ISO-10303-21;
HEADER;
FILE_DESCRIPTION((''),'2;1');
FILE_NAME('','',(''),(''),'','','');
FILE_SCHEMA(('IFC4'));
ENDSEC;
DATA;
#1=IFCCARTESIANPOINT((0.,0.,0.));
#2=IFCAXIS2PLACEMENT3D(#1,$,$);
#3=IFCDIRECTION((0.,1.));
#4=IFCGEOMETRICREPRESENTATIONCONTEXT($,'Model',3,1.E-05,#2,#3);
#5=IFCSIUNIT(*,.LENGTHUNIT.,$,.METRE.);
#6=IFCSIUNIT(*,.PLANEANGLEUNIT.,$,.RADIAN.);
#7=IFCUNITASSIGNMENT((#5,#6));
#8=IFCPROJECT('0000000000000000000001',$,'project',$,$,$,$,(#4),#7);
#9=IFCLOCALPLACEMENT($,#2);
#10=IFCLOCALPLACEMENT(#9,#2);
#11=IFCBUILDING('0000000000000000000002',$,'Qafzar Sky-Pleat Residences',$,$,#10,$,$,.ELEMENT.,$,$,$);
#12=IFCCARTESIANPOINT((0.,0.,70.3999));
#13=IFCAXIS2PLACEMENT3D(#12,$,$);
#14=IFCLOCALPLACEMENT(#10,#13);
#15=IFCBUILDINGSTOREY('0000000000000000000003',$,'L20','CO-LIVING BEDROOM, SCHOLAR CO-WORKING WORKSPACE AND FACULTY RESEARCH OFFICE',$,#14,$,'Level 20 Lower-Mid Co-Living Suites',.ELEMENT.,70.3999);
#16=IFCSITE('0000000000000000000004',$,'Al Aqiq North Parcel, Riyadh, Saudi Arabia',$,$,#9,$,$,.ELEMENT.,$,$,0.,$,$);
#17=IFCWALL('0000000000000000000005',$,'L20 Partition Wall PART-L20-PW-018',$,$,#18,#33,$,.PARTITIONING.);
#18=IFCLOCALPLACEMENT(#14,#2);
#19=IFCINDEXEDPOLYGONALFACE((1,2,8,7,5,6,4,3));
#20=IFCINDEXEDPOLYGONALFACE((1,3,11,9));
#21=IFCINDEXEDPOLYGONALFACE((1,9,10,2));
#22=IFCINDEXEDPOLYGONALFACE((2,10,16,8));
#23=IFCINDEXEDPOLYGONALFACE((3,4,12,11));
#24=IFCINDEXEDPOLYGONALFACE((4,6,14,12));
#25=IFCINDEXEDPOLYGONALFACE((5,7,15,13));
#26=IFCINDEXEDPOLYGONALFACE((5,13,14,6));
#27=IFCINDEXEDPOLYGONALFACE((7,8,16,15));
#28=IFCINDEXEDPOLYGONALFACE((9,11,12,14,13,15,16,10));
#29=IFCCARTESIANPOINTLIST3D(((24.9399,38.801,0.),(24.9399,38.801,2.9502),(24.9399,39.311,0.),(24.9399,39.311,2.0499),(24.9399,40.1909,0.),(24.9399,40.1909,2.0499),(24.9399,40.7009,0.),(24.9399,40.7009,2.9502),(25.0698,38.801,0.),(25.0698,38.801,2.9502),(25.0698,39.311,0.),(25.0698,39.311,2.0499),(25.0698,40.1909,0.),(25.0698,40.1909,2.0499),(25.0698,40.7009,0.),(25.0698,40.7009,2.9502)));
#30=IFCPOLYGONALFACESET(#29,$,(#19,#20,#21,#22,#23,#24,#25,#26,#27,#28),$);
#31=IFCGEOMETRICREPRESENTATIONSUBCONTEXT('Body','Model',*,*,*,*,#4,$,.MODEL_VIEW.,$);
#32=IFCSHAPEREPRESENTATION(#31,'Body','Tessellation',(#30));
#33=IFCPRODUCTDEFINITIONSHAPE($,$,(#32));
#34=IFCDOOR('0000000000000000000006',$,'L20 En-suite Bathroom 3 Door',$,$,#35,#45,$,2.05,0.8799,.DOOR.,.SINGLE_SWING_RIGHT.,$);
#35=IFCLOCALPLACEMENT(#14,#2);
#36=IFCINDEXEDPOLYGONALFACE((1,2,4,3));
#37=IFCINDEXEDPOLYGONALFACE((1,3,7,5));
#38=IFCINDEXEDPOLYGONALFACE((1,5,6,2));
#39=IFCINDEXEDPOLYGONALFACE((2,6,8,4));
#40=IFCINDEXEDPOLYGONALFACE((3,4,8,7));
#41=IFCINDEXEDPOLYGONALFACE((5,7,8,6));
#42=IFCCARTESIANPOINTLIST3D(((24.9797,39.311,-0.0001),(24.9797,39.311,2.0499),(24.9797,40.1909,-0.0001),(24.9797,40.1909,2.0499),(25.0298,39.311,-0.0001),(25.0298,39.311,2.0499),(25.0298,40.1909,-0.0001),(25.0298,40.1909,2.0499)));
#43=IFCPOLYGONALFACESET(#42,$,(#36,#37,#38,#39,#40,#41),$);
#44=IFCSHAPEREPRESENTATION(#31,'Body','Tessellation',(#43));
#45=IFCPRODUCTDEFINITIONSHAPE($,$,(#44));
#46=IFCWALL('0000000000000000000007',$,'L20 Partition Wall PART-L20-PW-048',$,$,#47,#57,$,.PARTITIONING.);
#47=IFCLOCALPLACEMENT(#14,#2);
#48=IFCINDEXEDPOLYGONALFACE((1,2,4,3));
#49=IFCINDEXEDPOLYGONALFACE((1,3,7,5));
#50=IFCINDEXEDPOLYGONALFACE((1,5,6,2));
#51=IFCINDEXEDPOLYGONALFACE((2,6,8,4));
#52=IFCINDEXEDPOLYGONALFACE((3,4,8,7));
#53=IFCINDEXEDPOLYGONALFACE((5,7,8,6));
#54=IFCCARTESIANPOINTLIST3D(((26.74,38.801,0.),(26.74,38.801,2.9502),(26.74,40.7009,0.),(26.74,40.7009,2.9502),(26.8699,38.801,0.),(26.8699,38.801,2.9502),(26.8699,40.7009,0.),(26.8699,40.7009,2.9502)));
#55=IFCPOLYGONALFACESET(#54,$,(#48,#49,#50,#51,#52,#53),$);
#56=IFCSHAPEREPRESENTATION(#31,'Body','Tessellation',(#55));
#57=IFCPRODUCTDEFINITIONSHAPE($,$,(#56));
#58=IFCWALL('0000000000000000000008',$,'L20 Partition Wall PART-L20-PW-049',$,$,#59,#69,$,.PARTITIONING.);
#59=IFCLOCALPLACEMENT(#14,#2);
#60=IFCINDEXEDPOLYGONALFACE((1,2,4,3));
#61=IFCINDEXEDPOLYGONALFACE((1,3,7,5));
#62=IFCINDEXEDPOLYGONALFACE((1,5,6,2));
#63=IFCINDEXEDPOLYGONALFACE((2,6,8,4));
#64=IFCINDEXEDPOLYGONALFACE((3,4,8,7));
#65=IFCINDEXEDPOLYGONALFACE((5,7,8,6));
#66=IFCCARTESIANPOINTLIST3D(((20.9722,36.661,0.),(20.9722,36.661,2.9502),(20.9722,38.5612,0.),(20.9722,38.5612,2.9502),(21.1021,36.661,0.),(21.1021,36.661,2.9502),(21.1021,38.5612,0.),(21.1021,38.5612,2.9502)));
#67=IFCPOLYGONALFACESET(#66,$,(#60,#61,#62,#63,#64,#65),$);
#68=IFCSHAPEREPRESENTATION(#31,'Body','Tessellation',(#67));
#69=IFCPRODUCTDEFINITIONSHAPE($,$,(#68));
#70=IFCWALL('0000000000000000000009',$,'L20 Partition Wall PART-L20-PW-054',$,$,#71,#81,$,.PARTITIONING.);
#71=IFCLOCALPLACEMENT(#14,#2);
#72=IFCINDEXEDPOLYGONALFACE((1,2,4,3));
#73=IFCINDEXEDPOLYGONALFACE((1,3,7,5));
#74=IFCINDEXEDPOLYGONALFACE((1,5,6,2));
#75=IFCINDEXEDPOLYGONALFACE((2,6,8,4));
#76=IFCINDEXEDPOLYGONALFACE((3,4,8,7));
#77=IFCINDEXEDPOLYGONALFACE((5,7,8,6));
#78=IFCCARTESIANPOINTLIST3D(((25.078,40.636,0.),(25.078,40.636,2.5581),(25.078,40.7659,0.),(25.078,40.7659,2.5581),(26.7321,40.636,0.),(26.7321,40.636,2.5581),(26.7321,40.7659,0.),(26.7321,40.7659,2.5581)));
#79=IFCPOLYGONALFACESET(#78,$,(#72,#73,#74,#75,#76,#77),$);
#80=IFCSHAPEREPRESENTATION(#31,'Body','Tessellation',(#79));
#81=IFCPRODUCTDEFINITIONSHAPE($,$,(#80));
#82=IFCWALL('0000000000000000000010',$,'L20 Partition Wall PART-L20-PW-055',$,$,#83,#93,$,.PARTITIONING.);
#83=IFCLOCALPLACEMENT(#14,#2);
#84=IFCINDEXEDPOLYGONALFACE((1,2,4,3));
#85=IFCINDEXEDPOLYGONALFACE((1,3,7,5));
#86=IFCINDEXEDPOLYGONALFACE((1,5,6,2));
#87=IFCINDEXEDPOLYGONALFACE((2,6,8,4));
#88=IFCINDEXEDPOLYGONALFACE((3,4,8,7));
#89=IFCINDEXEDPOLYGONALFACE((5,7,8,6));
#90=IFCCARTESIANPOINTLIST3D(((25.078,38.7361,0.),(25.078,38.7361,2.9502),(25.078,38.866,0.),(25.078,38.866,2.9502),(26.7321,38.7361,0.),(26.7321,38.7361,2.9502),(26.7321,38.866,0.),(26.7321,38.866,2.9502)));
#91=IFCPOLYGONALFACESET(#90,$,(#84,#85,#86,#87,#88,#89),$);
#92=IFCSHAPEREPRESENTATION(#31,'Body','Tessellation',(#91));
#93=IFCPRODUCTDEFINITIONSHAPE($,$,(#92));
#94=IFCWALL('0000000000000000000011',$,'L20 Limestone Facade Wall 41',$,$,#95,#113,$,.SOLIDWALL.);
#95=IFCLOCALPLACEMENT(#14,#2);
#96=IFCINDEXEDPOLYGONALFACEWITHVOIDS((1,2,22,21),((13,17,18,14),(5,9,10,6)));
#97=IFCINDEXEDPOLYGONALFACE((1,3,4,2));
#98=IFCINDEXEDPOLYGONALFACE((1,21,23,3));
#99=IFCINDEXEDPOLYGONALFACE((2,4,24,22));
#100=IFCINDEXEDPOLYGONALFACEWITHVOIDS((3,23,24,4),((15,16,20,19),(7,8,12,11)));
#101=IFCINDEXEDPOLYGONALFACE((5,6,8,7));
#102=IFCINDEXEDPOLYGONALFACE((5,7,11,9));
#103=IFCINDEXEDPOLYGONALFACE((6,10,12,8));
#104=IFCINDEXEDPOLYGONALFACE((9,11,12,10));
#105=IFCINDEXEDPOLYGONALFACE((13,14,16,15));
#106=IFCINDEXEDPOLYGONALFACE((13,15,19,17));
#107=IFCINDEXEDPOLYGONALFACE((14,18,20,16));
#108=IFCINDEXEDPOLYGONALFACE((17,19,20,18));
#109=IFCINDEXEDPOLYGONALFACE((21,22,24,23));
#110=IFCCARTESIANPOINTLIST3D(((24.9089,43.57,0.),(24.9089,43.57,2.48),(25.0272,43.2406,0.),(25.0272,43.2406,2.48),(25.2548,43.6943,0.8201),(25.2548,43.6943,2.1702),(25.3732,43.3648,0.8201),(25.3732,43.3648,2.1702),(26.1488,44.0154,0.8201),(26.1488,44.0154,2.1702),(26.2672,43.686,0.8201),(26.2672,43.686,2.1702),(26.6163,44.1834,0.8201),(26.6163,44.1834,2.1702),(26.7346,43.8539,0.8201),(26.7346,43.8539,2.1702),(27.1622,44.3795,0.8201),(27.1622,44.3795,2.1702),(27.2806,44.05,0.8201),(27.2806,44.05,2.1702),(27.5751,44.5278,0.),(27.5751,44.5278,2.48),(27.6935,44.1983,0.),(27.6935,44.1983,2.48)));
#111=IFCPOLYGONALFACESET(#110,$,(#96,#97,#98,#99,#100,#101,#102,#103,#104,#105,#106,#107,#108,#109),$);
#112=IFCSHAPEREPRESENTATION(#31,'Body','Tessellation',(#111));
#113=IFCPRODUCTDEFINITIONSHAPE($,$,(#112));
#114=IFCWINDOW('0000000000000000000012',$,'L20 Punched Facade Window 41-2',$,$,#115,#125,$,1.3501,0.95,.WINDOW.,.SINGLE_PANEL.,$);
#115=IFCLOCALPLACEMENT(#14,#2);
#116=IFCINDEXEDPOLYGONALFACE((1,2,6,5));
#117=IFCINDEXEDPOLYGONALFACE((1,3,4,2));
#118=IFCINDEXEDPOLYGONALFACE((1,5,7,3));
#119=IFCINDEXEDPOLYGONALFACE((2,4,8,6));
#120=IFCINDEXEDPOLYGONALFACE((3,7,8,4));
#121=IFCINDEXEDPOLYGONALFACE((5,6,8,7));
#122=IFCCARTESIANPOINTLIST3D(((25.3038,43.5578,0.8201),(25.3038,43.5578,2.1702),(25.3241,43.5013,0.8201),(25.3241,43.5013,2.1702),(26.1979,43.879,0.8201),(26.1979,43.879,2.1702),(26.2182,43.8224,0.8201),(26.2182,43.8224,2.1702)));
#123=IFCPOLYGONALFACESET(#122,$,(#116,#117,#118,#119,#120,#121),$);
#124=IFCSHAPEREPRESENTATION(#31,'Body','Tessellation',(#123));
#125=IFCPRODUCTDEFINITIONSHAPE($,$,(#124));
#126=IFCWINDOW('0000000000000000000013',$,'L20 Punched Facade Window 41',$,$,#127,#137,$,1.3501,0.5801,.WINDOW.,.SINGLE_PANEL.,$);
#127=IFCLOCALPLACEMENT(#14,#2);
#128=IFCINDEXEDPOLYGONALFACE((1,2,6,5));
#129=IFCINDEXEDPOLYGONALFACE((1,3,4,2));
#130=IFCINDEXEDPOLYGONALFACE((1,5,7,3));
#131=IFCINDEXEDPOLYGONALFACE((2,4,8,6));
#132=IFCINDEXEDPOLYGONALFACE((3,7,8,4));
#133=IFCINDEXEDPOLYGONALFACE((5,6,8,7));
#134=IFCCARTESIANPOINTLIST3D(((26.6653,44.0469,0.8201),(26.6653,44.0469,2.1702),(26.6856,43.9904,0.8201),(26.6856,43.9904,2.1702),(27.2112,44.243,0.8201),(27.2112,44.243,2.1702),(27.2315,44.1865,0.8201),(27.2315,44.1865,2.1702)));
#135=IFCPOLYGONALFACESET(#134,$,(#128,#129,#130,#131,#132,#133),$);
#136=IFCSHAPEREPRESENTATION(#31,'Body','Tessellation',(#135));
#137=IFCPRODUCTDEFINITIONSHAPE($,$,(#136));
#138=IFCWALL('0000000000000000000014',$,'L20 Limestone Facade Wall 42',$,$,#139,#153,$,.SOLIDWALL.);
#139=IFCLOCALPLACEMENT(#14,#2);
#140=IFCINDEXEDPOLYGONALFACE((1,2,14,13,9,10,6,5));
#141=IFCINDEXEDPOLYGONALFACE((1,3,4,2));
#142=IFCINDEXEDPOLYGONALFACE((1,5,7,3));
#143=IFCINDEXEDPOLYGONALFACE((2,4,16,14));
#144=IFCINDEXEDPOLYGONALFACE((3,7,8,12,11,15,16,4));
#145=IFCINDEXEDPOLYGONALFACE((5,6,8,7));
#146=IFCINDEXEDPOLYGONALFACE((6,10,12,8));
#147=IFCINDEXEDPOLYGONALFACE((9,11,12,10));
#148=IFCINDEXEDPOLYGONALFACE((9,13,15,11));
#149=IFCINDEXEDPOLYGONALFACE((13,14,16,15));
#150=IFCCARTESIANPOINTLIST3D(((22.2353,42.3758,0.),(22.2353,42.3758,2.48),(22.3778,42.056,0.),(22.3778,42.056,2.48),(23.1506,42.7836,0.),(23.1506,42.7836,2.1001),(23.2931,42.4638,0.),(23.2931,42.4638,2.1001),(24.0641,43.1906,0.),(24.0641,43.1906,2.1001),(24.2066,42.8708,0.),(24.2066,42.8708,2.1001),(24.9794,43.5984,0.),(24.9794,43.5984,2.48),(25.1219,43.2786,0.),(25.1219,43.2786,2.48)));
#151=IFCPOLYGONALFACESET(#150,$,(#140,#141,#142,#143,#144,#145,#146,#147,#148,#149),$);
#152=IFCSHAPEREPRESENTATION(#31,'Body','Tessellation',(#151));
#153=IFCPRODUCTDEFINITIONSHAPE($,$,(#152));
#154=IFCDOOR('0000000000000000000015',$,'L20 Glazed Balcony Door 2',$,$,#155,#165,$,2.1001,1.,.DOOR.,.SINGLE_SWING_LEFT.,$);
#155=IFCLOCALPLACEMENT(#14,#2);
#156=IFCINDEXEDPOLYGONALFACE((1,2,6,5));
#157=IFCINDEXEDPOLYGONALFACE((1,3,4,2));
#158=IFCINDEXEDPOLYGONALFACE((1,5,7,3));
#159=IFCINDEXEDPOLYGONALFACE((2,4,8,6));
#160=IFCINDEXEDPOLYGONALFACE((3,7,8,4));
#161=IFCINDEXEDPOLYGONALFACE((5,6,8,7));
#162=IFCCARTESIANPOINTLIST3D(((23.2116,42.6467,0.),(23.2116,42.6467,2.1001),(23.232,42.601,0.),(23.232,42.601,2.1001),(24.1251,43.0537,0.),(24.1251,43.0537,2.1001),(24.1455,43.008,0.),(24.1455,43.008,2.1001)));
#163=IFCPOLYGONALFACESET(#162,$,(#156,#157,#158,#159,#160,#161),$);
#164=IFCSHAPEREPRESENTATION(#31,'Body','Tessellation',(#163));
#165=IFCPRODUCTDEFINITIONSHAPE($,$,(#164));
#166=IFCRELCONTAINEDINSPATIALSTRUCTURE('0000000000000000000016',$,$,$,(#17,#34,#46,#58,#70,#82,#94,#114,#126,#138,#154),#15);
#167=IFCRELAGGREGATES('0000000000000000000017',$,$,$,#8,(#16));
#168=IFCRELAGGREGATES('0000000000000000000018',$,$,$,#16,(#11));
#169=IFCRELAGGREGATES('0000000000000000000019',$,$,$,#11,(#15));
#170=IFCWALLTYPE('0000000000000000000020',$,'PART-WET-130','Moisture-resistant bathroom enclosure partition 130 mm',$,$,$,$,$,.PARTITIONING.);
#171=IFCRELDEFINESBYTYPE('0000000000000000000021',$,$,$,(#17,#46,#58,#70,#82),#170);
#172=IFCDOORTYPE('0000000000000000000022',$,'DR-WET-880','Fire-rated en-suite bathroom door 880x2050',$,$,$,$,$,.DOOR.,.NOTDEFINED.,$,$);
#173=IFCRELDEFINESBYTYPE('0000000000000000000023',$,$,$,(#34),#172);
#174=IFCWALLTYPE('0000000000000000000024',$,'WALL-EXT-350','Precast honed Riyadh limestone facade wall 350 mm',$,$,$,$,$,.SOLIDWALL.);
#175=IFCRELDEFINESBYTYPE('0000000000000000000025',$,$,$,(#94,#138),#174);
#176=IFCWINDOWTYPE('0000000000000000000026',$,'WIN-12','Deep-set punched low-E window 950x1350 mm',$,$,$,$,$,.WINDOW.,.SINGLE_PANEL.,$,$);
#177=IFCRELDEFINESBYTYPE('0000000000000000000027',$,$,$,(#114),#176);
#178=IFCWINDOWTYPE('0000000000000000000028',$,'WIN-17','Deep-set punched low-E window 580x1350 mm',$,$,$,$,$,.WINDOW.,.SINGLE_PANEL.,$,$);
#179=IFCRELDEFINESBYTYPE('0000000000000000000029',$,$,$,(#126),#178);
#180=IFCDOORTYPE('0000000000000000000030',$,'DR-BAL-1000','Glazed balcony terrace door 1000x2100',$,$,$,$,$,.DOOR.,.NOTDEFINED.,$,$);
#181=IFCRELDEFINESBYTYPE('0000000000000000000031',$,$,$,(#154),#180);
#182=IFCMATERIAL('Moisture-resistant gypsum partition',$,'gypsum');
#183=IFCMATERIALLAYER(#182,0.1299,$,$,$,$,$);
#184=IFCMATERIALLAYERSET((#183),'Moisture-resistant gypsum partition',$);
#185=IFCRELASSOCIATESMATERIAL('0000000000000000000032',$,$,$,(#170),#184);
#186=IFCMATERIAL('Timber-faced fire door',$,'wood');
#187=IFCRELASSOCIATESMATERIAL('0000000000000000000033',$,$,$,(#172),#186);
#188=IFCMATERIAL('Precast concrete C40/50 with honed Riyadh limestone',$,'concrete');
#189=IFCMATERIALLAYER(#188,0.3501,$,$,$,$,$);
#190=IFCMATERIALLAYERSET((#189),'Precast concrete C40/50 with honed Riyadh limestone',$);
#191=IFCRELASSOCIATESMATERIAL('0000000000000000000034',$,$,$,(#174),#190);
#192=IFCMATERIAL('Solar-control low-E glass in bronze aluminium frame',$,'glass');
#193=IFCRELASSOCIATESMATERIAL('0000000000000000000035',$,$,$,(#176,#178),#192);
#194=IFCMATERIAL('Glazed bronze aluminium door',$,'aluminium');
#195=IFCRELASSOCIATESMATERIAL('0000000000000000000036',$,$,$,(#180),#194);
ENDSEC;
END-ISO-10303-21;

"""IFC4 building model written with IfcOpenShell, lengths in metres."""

from ifc_helpers import new_model, si_unit, direction, frame, frame_2d, origin, place, context, subcontext, project, spatial, rectangle, extrude, source, transform, mapped, material, layer, layer_set, type_object, element, fill, save


model = new_model("IFC4")

# Units and contexts
model_context = context("Model", 3, precision=1e-05, world=origin(), true_north=direction((0.0, 1.0)))
body_context = subcontext(model_context, "Body", "Model", "MODEL_VIEW")
ifc_project = project(units=[si_unit("LENGTHUNIT", "METRE"), si_unit("PLANEANGLEUNIT", "RADIAN")], contexts=[model_context])

# Site, building, storey
site_placement = place(None, origin())
site = spatial("IfcSite", under=ifc_project, at=site_placement, Name="Al Aqiq North Parcel, Riyadh, Saudi Arabia", CompositionType="ELEMENT", RefElevation=0.0)
building_placement = place(site_placement, origin())
building = spatial("IfcBuilding", under=site, at=building_placement, Name="Qafzar Sky-Pleat Residences", CompositionType="ELEMENT")
storey_placement = place(building_placement, frame((0.0, 0.0, 70.3999)))
storey = spatial("IfcBuildingStorey", under=building, at=storey_placement, Name="L20", Description="CO-LIVING BEDROOM, SCHOLAR CO-WORKING WORKSPACE AND FACULTY RESEARCH OFFICE", LongName="Level 20 Lower-Mid Co-Living Suites", CompositionType="ELEMENT", Elevation=70.3999)

# Wall, opening, door
ifc_material_1 = material(Name="Moisture-resistant gypsum partition", Category="gypsum")
ifc_layer_1 = layer(ifc_material_1, 0.1299)
ifc_layer_set_1 = layer_set([ifc_layer_1], Name="Moisture-resistant gypsum partition")
wall_type_1 = type_object("IfcWallType", Name="PART-WET-130", Description="Moisture-resistant bathroom enclosure partition 130 mm", PredefinedType="PARTITIONING", material=ifc_layer_set_1)
wall_1_placement = place(storey_placement, frame((25.0049, 40.7009, 0.0), z_axis=(0.0, 0.0, 1.0), x_axis=(0.0, -1.0, 0.0)))
wall_1 = element("IfcWall", 1, at=wall_1_placement, inside=storey, type_object=wall_type_1, Name="L20 Partition Wall PART-L20-PW-018", PredefinedType="PARTITIONING", context=body_context, shape_type="SweptSolid", body=[
    extrude(rectangle(XDim=1.8999, YDim=0.1299, at=frame_2d((0.95, 0.0))), origin(), (0.0, 0.0, 1.0), 2.9502),
])
opening_1_placement = place(wall_1_placement, frame((0.51, 0.0, 0.0)))
opening_1 = element("IfcOpeningElement", 2, at=opening_1_placement, cuts=wall_1, PredefinedType="OPENING", context=body_context, shape_type="SweptSolid", body=[
    extrude(rectangle(XDim=0.8799, YDim=2.05, at=frame_2d((0.4399, 1.0249))), frame((0.0, 0.075, 0.0), z_axis=(0.0, -1.0, 0.0), x_axis=(1.0, 0.0, 0.0)), (0.0, 0.0, 1.0), 0.1499),
])
ifc_material_2 = material(Name="Timber-faced fire door", Category="wood")
door_type_1 = type_object("IfcDoorType", Name="DR-WET-880", Description="Fire-rated en-suite bathroom door 880x2050", OperationType="NOTDEFINED", PredefinedType="DOOR", material=ifc_material_2)
shared_shape_1 = source(origin(), body_context, "Body", "SweptSolid", [
    extrude(rectangle(XDim=0.8799, YDim=2.05, at=frame_2d((0.4399, 1.0249))), frame((0.0, 0.0249, 0.0), z_axis=(0.0, -1.0, 0.0), x_axis=(1.0, 0.0, 0.0)), (0.0, 0.0, 1.0), 0.05),
])
door_1_placement = place(opening_1_placement, origin())
door_1 = element("IfcDoor", 3, at=door_1_placement, inside=storey, type_object=door_type_1, Name="L20 En-suite Bathroom 3 Door", OperationType="SINGLE_SWING_RIGHT", OverallHeight=2.05, OverallWidth=0.8799, PredefinedType="DOOR", context=body_context, shape_type="MappedRepresentation", body=[
    mapped(shared_shape_1, transform((0.0, 0.0, 0.0), x_axis=(1.0, 0.0, 0.0), y_axis=(0.0, 1.0, 0.0), z_axis=(0.0, 0.0, 1.0), scale=1.0)),
])
fill(opening_1, door_1)

# Walls
wall_2_placement = place(storey_placement, frame((26.8049, 38.801, 0.0), z_axis=(0.0, 0.0, 1.0), x_axis=(0.0, 1.0, 0.0)))
element("IfcWall", 4, at=wall_2_placement, inside=storey, type_object=wall_type_1, Name="L20 Partition Wall PART-L20-PW-048", PredefinedType="PARTITIONING", context=body_context, shape_type="SweptSolid", body=[
    extrude(rectangle(XDim=1.8999, YDim=0.1299, at=frame_2d((0.95, 0.0))), origin(), (0.0, 0.0, 1.0), 2.9502),
])
wall_3_placement = place(storey_placement, frame((21.0371, 36.6609, 0.0), z_axis=(0.0, 0.0, 1.0), x_axis=(0.0, 1.0, 0.0)))
element("IfcWall", 5, at=wall_3_placement, inside=storey, type_object=wall_type_1, Name="L20 Partition Wall PART-L20-PW-049", PredefinedType="PARTITIONING", context=body_context, shape_type="SweptSolid", body=[
    extrude(rectangle(XDim=1.9001, YDim=0.1299, at=frame_2d((0.9502, 0.0))), origin(), (0.0, 0.0, 1.0), 2.9502),
])
wall_4_placement = place(storey_placement, frame((25.0779, 40.7009, 0.0), z_axis=(0.0, 0.0, 1.0), x_axis=(1.0, 0.0, 0.0)))
element("IfcWall", 6, at=wall_4_placement, inside=storey, type_object=wall_type_1, Name="L20 Partition Wall PART-L20-PW-054", PredefinedType="PARTITIONING", context=body_context, shape_type="SweptSolid", body=[
    extrude(rectangle(XDim=1.6541, YDim=0.1299, at=frame_2d((0.8271, 0.0))), origin(), (0.0, 0.0, 1.0), 2.5581),
])
wall_5_placement = place(storey_placement, frame((25.0779, 38.801, 0.0), z_axis=(0.0, 0.0, 1.0), x_axis=(1.0, 0.0, 0.0)))
element("IfcWall", 7, at=wall_5_placement, inside=storey, type_object=wall_type_1, Name="L20 Partition Wall PART-L20-PW-055", PredefinedType="PARTITIONING", context=body_context, shape_type="SweptSolid", body=[
    extrude(rectangle(XDim=1.6541, YDim=0.1299, at=frame_2d((0.8271, 0.0))), origin(), (0.0, 0.0, 1.0), 2.9502),
])

# Wall, openings, windows
ifc_material_3 = material(Name="Precast concrete C40/50 with honed Riyadh limestone", Category="concrete")
ifc_layer_2 = layer(ifc_material_3, 0.3501)
ifc_layer_set_2 = layer_set([ifc_layer_2], Name="Precast concrete C40/50 with honed Riyadh limestone")
wall_type_2 = type_object("IfcWallType", Name="WALL-EXT-350", Description="Precast honed Riyadh limestone facade wall 350 mm", PredefinedType="SOLIDWALL", material=ifc_layer_set_2)
wall_6_placement = place(storey_placement, frame((27.6343, 44.363, 0.0), z_axis=(0.0, 0.0, 1.0), x_axis=(-0.941122, -0.338066, 0.0)))
wall_6 = element("IfcWall", 8, at=wall_6_placement, inside=storey, type_object=wall_type_2, Name="L20 Limestone Facade Wall 41", PredefinedType="SOLIDWALL", context=body_context, shape_type="SweptSolid", body=[
    extrude(rectangle(XDim=2.833, YDim=0.3501, at=frame_2d((1.4165, 0.0))), origin(), (0.0, 0.0, 1.0), 2.48),
])
opening_2_placement = place(wall_6_placement, frame((0.4387, 0.0, 0.8201)))
opening_2 = element("IfcOpeningElement", 9, at=opening_2_placement, cuts=wall_6, PredefinedType="OPENING", context=body_context, shape_type="SweptSolid", body=[
    extrude(rectangle(XDim=0.5801, YDim=1.3501, at=frame_2d((0.29, 0.675))), frame((0.0, 0.1851, 0.0), z_axis=(0.0, -1.0, 0.0), x_axis=(1.0, 0.0, 0.0)), (0.0, 0.0, 1.0), 0.3701),
])
opening_3_placement = place(wall_6_placement, frame((1.5154, 0.0, 0.8201)))
opening_3 = element("IfcOpeningElement", 10, at=opening_3_placement, cuts=wall_6, PredefinedType="OPENING", context=body_context, shape_type="SweptSolid", body=[
    extrude(rectangle(XDim=0.95, YDim=1.3501, at=frame_2d((0.4751, 0.675))), frame((0.0, 0.1851, 0.0), z_axis=(0.0, -1.0, 0.0), x_axis=(1.0, 0.0, 0.0)), (0.0, 0.0, 1.0), 0.3701),
])
ifc_material_4 = material(Name="Solar-control low-E glass in bronze aluminium frame", Category="glass")
window_type_1 = type_object("IfcWindowType", Name="WIN-12", Description="Deep-set punched low-E window 950x1350 mm", PartitioningType="SINGLE_PANEL", PredefinedType="WINDOW", material=ifc_material_4)
shared_shape_2 = source(origin(), body_context, "Body", "SweptSolid", [
    extrude(rectangle(XDim=0.95, YDim=1.3501, at=frame_2d((0.4751, 0.675))), frame((0.0, 0.03, 0.0), z_axis=(0.0, -1.0, 0.0), x_axis=(1.0, 0.0, 0.0)), (0.0, 0.0, 1.0), 0.0601),
])
window_1_placement = place(opening_3_placement, origin())
window_1 = element("IfcWindow", 11, at=window_1_placement, inside=storey, type_object=window_type_1, Name="L20 Punched Facade Window 41-2", OverallHeight=1.3501, OverallWidth=0.95, PartitioningType="SINGLE_PANEL", PredefinedType="WINDOW", context=body_context, shape_type="MappedRepresentation", body=[
    mapped(shared_shape_2, transform((0.0, 0.0, 0.0), x_axis=(1.0, 0.0, 0.0), y_axis=(0.0, 1.0, 0.0), z_axis=(0.0, 0.0, 1.0), scale=1.0)),
])
fill(opening_3, window_1)
window_type_2 = type_object("IfcWindowType", Name="WIN-17", Description="Deep-set punched low-E window 580x1350 mm", PartitioningType="SINGLE_PANEL", PredefinedType="WINDOW", material=ifc_material_4)
shared_shape_3 = source(origin(), body_context, "Body", "SweptSolid", [
    extrude(rectangle(XDim=0.5801, YDim=1.3501, at=frame_2d((0.29, 0.675))), frame((0.0, 0.03, 0.0), z_axis=(0.0, -1.0, 0.0), x_axis=(1.0, 0.0, 0.0)), (0.0, 0.0, 1.0), 0.0601),
])
window_2_placement = place(opening_2_placement, origin())
window_2 = element("IfcWindow", 12, at=window_2_placement, inside=storey, type_object=window_type_2, Name="L20 Punched Facade Window 41", OverallHeight=1.3501, OverallWidth=0.5801, PartitioningType="SINGLE_PANEL", PredefinedType="WINDOW", context=body_context, shape_type="MappedRepresentation", body=[
    mapped(shared_shape_3, transform((0.0, 0.0, 0.0), x_axis=(1.0, 0.0, 0.0), y_axis=(0.0, 1.0, 0.0), z_axis=(0.0, 0.0, 1.0), scale=1.0)),
])
fill(opening_2, window_2)

# Wall, opening, door
wall_7_placement = place(storey_placement, frame((25.0505, 43.4385, 0.0), z_axis=(0.0, 0.0, 1.0), x_axis=(-0.913436, -0.406983, 0.0)))
wall_7 = element("IfcWall", 13, at=wall_7_placement, inside=storey, type_object=wall_type_2, Name="L20 Limestone Facade Wall 42", PredefinedType="SOLIDWALL", context=body_context, shape_type="SweptSolid", body=[
    extrude(rectangle(XDim=3.0042, YDim=0.3501, at=frame_2d((1.502, 0.0))), origin(), (0.0, 0.0, 1.0), 2.48),
])
opening_4_placement = place(wall_7_placement, frame((1.002, 0.0, 0.0)))
opening_4 = element("IfcOpeningElement", 14, at=opening_4_placement, cuts=wall_7, PredefinedType="OPENING", context=body_context, shape_type="SweptSolid", body=[
    extrude(rectangle(XDim=1.0, YDim=2.1001, at=frame_2d((0.5, 1.05))), frame((0.0, 0.1851, 0.0), z_axis=(0.0, -1.0, 0.0), x_axis=(1.0, 0.0, 0.0)), (0.0, 0.0, 1.0), 0.3701),
])
ifc_material_5 = material(Name="Glazed bronze aluminium door", Category="aluminium")
door_type_2 = type_object("IfcDoorType", Name="DR-BAL-1000", Description="Glazed balcony terrace door 1000x2100", OperationType="NOTDEFINED", PredefinedType="DOOR", material=ifc_material_5)
shared_shape_4 = source(origin(), body_context, "Body", "SweptSolid", [
    extrude(rectangle(XDim=1.0, YDim=2.1001, at=frame_2d((0.5, 1.05))), frame((0.0, 0.0249, 0.0), z_axis=(0.0, -1.0, 0.0), x_axis=(1.0, 0.0, 0.0)), (0.0, 0.0, 1.0), 0.05),
])
door_2_placement = place(opening_4_placement, origin())
door_2 = element("IfcDoor", 15, at=door_2_placement, inside=storey, type_object=door_type_2, Name="L20 Glazed Balcony Door 2", OperationType="SINGLE_SWING_LEFT", OverallHeight=2.1001, OverallWidth=1.0, PredefinedType="DOOR", context=body_context, shape_type="MappedRepresentation", body=[
    mapped(shared_shape_4, transform((0.0, 0.0, 0.0), x_axis=(1.0, 0.0, 0.0), y_axis=(0.0, 1.0, 0.0), z_axis=(0.0, 0.0, 1.0), scale=1.0)),
])
fill(opening_4, door_2)

save(model, "model.ifc")
